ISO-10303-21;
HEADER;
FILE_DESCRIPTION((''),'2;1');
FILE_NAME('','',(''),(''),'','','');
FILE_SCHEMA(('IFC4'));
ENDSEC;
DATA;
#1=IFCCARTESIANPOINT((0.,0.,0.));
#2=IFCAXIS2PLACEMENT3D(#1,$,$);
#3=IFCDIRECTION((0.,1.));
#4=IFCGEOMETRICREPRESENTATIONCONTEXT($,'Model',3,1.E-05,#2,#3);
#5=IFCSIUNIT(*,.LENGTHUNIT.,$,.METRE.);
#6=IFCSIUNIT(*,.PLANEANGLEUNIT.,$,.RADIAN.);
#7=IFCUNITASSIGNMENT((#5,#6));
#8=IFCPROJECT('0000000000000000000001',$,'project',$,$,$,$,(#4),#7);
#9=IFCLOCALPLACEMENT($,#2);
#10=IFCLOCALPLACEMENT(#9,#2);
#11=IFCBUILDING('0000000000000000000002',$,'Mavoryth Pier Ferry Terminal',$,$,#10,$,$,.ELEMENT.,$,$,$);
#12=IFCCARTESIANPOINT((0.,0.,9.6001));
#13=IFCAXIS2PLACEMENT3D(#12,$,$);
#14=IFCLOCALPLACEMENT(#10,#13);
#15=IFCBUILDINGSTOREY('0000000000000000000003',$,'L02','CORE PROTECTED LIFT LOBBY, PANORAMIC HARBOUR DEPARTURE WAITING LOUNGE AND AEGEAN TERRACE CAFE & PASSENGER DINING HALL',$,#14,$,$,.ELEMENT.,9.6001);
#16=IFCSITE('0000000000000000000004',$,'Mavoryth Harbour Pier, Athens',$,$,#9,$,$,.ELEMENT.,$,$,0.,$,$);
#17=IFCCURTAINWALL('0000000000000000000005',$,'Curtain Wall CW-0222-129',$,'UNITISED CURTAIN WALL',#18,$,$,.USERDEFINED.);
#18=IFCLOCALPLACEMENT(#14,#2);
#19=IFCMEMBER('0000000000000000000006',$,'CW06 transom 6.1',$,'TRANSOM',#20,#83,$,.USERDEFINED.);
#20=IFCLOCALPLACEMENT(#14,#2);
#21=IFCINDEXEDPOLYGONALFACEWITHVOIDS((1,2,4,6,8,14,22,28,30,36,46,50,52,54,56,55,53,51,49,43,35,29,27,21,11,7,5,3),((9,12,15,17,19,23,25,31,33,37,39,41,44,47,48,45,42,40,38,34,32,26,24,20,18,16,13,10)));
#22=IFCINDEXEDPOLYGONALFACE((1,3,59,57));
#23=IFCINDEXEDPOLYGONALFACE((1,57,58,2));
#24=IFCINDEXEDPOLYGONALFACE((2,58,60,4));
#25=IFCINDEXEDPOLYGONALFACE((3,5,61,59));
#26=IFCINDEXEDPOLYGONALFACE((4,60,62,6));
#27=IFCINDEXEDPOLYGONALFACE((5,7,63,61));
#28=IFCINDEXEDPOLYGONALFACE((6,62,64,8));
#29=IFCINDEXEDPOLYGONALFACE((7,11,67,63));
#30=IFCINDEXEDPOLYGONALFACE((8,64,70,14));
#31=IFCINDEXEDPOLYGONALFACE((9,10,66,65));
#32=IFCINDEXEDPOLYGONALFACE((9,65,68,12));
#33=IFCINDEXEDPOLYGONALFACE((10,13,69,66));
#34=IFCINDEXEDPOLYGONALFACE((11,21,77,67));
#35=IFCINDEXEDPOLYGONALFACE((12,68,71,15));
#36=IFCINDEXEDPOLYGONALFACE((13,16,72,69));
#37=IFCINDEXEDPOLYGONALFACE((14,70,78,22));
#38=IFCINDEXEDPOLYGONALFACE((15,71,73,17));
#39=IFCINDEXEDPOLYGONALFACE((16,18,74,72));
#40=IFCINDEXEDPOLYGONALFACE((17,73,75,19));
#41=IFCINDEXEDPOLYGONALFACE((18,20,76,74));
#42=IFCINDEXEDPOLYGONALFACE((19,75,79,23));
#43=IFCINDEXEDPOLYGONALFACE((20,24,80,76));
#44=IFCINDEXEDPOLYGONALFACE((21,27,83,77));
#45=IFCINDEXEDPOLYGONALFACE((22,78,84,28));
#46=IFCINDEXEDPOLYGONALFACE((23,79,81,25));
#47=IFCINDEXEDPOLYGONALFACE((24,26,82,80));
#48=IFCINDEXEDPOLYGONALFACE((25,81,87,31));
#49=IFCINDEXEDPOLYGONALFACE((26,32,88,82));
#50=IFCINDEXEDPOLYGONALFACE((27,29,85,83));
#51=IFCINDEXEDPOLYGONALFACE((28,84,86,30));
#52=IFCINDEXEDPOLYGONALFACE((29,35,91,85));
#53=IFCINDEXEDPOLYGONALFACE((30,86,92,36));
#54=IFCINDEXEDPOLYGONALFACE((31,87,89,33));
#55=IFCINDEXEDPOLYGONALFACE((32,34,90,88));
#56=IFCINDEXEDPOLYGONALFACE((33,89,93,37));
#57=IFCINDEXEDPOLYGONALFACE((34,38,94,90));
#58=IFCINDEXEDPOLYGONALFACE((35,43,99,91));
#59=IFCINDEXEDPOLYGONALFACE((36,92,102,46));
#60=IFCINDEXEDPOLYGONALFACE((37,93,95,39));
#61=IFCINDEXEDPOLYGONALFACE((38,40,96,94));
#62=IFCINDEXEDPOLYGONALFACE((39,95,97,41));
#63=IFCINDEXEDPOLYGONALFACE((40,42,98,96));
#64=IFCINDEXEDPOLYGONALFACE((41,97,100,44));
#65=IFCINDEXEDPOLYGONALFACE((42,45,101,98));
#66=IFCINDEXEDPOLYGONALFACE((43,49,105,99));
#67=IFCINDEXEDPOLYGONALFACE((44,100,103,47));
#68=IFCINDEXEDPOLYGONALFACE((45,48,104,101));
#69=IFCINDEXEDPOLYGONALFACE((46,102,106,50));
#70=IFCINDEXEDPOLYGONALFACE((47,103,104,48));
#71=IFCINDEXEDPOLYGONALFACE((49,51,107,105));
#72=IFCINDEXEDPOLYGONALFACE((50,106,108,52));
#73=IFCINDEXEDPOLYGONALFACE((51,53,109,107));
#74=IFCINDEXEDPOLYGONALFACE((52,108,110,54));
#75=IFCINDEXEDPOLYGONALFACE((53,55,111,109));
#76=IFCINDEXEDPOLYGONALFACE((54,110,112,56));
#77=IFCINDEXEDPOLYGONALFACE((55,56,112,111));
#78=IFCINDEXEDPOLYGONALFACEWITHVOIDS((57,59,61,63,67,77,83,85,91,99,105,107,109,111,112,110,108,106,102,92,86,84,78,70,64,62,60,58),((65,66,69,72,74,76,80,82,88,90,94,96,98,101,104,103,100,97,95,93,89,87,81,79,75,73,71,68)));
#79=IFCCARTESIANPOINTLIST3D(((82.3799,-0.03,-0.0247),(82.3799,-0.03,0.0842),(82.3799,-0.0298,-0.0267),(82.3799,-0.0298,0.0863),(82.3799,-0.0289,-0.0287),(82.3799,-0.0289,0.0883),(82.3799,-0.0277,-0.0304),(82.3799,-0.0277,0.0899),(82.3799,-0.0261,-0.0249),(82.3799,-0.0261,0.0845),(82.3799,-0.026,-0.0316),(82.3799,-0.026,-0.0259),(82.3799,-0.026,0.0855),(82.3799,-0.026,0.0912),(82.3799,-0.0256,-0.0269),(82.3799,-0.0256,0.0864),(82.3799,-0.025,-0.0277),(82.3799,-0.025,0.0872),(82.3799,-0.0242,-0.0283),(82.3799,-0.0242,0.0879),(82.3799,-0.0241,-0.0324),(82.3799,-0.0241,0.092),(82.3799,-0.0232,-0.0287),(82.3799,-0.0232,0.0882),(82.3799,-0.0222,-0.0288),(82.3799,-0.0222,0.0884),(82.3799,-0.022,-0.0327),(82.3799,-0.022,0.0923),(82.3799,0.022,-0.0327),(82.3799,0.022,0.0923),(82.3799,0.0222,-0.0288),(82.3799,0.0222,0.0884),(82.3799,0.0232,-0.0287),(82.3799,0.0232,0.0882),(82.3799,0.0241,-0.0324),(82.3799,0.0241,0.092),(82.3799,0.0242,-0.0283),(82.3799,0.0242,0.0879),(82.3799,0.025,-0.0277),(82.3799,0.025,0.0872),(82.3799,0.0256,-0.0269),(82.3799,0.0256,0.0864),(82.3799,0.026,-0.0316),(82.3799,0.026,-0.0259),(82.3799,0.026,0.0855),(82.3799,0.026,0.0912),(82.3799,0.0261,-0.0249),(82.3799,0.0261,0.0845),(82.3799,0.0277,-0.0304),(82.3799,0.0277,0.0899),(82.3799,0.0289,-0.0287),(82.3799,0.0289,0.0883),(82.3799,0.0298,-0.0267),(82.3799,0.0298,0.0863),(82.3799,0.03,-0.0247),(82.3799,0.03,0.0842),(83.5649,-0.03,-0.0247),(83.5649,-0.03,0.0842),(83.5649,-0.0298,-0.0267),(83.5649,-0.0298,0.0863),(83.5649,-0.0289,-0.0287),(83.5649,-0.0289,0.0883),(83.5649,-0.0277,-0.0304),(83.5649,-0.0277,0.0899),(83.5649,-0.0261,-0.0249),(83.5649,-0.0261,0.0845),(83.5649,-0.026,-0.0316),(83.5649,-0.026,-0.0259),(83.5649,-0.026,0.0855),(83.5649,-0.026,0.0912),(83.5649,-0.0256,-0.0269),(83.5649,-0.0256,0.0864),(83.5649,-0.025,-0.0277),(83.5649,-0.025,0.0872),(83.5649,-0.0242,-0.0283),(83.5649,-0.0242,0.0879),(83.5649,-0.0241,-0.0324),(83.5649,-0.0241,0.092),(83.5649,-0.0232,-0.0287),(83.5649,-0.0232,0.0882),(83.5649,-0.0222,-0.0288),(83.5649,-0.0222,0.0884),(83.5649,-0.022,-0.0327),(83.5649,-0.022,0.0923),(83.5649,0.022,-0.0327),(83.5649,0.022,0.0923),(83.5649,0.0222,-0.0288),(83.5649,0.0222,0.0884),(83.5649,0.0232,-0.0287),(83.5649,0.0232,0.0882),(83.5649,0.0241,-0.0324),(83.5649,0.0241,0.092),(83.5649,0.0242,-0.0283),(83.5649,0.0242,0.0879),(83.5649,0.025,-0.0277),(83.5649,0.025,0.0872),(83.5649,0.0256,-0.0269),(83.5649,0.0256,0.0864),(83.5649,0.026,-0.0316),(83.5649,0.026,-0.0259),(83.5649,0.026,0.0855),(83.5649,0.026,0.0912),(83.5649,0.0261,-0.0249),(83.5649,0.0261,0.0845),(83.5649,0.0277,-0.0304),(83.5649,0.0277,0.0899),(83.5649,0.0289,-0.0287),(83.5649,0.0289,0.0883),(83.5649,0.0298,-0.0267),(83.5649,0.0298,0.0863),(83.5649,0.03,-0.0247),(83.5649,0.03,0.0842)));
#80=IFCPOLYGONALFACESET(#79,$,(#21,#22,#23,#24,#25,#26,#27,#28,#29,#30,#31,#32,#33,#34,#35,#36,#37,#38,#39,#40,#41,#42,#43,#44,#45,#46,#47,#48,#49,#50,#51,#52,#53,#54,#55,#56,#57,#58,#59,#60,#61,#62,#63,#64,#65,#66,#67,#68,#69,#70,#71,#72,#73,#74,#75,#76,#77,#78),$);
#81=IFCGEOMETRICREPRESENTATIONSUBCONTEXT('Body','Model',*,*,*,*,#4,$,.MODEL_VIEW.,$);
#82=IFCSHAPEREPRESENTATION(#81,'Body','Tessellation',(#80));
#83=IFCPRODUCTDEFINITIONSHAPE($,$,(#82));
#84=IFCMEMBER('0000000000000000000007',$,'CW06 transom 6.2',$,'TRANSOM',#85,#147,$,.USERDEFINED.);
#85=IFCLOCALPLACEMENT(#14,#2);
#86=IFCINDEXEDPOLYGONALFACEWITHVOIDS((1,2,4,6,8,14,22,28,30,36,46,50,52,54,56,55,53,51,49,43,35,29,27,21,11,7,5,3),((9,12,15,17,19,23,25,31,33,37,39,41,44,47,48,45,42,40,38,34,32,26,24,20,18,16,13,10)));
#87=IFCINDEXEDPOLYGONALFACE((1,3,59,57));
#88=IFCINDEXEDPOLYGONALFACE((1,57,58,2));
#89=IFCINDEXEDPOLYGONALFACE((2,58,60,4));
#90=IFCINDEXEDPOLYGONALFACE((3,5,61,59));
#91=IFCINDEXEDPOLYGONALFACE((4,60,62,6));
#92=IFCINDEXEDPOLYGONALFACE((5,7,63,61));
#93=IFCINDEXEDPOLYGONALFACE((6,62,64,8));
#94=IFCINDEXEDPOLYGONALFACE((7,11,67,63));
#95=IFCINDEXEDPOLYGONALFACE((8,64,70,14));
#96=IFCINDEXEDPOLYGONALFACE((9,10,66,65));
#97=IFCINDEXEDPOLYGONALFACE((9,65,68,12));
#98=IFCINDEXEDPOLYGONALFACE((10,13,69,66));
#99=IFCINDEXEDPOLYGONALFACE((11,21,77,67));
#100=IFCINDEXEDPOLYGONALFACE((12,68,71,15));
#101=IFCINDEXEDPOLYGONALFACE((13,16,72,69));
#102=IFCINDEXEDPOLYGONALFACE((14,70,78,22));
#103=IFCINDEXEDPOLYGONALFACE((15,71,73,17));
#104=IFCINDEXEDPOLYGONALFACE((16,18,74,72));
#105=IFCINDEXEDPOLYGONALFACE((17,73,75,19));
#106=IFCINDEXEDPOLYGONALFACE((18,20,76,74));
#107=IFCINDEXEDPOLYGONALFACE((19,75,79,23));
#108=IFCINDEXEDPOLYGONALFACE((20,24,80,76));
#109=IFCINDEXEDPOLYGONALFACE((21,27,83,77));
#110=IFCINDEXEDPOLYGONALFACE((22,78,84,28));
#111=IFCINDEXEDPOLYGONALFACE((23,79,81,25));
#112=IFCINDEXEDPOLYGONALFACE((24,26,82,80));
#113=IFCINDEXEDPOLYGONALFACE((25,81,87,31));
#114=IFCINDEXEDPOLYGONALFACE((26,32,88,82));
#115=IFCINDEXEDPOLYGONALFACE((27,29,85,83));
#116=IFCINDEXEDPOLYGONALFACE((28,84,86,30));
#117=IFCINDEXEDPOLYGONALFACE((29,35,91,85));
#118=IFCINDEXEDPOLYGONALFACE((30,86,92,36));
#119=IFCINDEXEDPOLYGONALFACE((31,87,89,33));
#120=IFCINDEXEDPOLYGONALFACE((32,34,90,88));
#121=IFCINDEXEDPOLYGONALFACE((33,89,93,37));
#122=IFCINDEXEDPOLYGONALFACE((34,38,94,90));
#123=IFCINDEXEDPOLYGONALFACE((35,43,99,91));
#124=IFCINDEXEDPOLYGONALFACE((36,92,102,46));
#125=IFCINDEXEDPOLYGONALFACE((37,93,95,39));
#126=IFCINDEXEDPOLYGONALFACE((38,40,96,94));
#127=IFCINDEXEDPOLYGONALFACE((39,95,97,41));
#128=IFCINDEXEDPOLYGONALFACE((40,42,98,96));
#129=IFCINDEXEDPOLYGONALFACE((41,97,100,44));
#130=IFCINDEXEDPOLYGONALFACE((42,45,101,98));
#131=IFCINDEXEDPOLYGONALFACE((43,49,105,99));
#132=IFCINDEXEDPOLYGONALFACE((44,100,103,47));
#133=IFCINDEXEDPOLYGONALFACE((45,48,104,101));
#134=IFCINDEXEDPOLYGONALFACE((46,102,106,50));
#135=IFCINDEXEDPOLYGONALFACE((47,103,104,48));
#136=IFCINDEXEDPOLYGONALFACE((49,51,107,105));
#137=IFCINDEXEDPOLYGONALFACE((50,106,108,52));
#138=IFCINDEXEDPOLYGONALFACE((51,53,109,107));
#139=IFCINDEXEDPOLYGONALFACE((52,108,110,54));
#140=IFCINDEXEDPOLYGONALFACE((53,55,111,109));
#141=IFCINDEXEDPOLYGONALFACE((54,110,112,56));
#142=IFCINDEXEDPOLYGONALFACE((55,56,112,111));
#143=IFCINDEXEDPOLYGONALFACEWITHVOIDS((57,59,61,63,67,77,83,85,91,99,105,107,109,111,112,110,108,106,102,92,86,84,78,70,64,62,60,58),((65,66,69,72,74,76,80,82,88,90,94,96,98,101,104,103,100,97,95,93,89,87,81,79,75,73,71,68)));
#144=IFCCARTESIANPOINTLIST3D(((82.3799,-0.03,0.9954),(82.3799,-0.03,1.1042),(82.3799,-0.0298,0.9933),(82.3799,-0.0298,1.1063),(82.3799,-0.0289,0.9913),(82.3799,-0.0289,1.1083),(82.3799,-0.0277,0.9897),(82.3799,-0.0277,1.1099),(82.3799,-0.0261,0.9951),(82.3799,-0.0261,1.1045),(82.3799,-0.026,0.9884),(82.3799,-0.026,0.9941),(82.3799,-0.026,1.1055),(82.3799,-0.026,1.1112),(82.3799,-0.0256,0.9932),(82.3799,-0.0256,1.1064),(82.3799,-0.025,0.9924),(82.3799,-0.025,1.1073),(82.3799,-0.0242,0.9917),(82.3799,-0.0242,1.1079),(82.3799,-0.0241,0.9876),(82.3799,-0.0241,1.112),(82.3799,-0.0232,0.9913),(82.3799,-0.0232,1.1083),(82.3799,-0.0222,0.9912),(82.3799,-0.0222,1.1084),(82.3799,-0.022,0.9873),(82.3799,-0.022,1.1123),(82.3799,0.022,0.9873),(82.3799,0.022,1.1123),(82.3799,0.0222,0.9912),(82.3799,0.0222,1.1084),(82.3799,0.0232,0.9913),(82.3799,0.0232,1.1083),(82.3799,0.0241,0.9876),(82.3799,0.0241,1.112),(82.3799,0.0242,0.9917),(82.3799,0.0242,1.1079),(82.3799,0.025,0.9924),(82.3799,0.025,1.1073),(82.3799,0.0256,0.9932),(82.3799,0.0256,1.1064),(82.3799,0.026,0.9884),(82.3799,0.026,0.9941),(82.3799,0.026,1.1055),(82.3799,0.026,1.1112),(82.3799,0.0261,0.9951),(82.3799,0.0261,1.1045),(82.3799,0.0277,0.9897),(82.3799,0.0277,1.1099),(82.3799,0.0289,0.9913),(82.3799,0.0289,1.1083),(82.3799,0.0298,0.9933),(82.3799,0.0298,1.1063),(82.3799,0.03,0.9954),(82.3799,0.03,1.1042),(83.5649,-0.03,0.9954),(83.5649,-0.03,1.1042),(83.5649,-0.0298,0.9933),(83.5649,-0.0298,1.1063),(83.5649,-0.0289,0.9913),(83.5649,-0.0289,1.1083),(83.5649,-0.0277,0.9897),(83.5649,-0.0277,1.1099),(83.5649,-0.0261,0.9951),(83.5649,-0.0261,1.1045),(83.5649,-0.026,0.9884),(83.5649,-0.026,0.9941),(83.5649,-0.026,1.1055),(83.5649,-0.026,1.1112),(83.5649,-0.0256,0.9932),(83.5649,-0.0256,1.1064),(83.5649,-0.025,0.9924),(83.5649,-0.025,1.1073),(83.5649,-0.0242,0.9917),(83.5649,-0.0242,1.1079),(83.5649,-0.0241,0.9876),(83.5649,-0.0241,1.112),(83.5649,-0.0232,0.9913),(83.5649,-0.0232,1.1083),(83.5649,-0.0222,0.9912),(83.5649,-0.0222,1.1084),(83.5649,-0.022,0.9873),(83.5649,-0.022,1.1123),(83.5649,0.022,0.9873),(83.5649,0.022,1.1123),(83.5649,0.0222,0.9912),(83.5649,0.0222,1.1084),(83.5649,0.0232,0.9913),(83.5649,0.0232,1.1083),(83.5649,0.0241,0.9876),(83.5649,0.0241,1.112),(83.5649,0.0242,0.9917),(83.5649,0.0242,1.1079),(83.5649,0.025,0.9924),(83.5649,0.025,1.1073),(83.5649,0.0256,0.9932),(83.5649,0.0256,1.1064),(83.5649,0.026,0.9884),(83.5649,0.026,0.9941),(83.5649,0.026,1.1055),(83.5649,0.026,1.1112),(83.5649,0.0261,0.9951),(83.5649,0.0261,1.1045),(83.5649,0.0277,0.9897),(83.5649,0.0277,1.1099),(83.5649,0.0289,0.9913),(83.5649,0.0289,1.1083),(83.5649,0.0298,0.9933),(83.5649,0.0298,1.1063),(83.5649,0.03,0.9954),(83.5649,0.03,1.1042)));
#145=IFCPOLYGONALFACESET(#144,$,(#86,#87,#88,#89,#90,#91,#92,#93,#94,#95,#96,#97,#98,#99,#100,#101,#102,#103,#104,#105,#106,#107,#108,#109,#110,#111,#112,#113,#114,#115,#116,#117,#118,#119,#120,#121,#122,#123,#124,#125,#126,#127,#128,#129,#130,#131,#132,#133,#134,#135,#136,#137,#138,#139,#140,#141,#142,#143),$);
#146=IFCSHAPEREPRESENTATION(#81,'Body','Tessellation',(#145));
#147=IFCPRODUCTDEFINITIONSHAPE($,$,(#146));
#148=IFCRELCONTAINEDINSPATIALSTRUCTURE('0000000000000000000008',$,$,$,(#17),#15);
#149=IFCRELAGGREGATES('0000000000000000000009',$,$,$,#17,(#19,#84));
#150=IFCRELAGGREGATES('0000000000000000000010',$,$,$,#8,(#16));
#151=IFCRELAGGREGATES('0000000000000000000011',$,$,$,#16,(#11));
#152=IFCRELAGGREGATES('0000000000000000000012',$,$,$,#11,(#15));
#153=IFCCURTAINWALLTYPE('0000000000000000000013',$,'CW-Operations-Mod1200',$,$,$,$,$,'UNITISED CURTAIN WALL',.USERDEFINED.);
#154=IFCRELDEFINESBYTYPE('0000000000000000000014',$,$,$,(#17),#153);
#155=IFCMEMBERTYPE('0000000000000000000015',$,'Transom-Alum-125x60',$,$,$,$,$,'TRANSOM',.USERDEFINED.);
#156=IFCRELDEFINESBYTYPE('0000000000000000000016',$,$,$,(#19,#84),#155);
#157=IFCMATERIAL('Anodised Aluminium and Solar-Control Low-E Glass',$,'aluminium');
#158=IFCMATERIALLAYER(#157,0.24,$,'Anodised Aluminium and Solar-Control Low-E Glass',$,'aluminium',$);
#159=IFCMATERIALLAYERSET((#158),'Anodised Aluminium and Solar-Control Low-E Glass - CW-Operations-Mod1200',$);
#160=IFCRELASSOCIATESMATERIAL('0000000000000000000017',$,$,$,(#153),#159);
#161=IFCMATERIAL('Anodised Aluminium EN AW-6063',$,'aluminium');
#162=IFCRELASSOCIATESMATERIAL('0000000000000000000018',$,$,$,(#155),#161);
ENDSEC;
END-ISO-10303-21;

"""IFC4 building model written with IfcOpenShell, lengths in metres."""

from ifc_helpers import new_model, si_unit, direction, frame, origin, origin_2d, place, context, subcontext, project, spatial, hollow_rectangle, extrude, material, layer, layer_set, material_profile, profile_set, type_object, element, aggregate, save


model = new_model("IFC4")

# Units and contexts
model_context = context("Model", 3, precision=1e-05, world=origin(), true_north=direction((0.0, 1.0)))
body_context = subcontext(model_context, "Body", "Model", "MODEL_VIEW")
ifc_project = project(units=[si_unit("LENGTHUNIT", "METRE"), si_unit("PLANEANGLEUNIT", "RADIAN")], contexts=[model_context])

# Site, building, storey
site_placement = place(None, origin())
site = spatial("IfcSite", under=ifc_project, at=site_placement, Name="Mavoryth Harbour Pier, Athens", CompositionType="ELEMENT", RefElevation=0.0)
building_placement = place(site_placement, origin())
building = spatial("IfcBuilding", under=site, at=building_placement, Name="Mavoryth Pier Ferry Terminal", CompositionType="ELEMENT")
storey_placement = place(building_placement, frame((0.0, 0.0, 9.6001)))
storey = spatial("IfcBuildingStorey", under=building, at=storey_placement, Name="L02", Description="CORE PROTECTED LIFT LOBBY, PANORAMIC HARBOUR DEPARTURE WAITING LOUNGE AND AEGEAN TERRACE CAFE & PASSENGER DINING HALL", CompositionType="ELEMENT", Elevation=9.6001)

# Curtain wall, members
ifc_material_1 = material(Name="Anodised Aluminium and Solar-Control Low-E Glass", Category="aluminium")
ifc_layer_1 = layer(ifc_material_1, 0.24, Name="Anodised Aluminium and Solar-Control Low-E Glass", Category="aluminium")
ifc_layer_set_1 = layer_set([ifc_layer_1], Name="Anodised Aluminium and Solar-Control Low-E Glass - CW-Operations-Mod1200")
curtain_wall_type = type_object("IfcCurtainWallType", Name="CW-Operations-Mod1200", ElementType="UNITISED CURTAIN WALL", PredefinedType="USERDEFINED", material=ifc_layer_set_1)
curtain_wall_placement = place(storey_placement, origin())
curtain_wall = element("IfcCurtainWall", 1, at=curtain_wall_placement, inside=storey, type_object=curtain_wall_type, Name="Curtain Wall CW-0222-129", ObjectType="UNITISED CURTAIN WALL", PredefinedType="USERDEFINED")
ifc_material_2 = material(Name="Anodised Aluminium EN AW-6063", Category="aluminium")
ifc_material_profile_1 = material_profile(ifc_material_2, hollow_rectangle(XDim=0.0601, YDim=0.125, WallThickness=0.0039, InnerFilletRadius=0.0039, OuterFilletRadius=0.0081, at=origin_2d()), Name="AL-TRAN 125x60x4", Category="aluminium")
ifc_profile_set_1 = profile_set([ifc_material_profile_1], Name="Anodised Aluminium EN AW-6063 - AL-TRAN 125x60x4")
member_type_1 = type_object("IfcMemberType", Name="Transom-Alum-125x60", ElementType="TRANSOM", PredefinedType="USERDEFINED", material=ifc_profile_set_1)
member_1_placement = place(storey_placement, frame((82.3799, 0.0, 0.0298), z_axis=(1.0, 0.0, 0.0), x_axis=(0.0, 1.0, 0.0)))
member_1 = element("IfcMember", 2, at=member_1_placement, type_object=member_type_1, Name="CW06 transom 6.1", ObjectType="TRANSOM", PredefinedType="USERDEFINED", context=body_context, shape_type="SweptSolid", body=[
    extrude(hollow_rectangle(XDim=0.0601, YDim=0.125, WallThickness=0.0039, InnerFilletRadius=0.0039, OuterFilletRadius=0.0081, at=origin_2d()), origin(), (0.0, 0.0, 1.0), 1.1851),
])
member_2_placement = place(storey_placement, frame((82.3799, 0.0, 1.0498), z_axis=(1.0, 0.0, 0.0), x_axis=(0.0, 1.0, 0.0)))
member_2 = element("IfcMember", 3, at=member_2_placement, type_object=member_type_1, Name="CW06 transom 6.2", ObjectType="TRANSOM", PredefinedType="USERDEFINED", context=body_context, shape_type="SweptSolid", body=[
    extrude(hollow_rectangle(XDim=0.0601, YDim=0.125, WallThickness=0.0039, InnerFilletRadius=0.0039, OuterFilletRadius=0.0081, at=origin_2d()), origin(), (0.0, 0.0, 1.0), 1.1851),
])
aggregate(curtain_wall, [member_1, member_2])

save(model, "model.ifc")
